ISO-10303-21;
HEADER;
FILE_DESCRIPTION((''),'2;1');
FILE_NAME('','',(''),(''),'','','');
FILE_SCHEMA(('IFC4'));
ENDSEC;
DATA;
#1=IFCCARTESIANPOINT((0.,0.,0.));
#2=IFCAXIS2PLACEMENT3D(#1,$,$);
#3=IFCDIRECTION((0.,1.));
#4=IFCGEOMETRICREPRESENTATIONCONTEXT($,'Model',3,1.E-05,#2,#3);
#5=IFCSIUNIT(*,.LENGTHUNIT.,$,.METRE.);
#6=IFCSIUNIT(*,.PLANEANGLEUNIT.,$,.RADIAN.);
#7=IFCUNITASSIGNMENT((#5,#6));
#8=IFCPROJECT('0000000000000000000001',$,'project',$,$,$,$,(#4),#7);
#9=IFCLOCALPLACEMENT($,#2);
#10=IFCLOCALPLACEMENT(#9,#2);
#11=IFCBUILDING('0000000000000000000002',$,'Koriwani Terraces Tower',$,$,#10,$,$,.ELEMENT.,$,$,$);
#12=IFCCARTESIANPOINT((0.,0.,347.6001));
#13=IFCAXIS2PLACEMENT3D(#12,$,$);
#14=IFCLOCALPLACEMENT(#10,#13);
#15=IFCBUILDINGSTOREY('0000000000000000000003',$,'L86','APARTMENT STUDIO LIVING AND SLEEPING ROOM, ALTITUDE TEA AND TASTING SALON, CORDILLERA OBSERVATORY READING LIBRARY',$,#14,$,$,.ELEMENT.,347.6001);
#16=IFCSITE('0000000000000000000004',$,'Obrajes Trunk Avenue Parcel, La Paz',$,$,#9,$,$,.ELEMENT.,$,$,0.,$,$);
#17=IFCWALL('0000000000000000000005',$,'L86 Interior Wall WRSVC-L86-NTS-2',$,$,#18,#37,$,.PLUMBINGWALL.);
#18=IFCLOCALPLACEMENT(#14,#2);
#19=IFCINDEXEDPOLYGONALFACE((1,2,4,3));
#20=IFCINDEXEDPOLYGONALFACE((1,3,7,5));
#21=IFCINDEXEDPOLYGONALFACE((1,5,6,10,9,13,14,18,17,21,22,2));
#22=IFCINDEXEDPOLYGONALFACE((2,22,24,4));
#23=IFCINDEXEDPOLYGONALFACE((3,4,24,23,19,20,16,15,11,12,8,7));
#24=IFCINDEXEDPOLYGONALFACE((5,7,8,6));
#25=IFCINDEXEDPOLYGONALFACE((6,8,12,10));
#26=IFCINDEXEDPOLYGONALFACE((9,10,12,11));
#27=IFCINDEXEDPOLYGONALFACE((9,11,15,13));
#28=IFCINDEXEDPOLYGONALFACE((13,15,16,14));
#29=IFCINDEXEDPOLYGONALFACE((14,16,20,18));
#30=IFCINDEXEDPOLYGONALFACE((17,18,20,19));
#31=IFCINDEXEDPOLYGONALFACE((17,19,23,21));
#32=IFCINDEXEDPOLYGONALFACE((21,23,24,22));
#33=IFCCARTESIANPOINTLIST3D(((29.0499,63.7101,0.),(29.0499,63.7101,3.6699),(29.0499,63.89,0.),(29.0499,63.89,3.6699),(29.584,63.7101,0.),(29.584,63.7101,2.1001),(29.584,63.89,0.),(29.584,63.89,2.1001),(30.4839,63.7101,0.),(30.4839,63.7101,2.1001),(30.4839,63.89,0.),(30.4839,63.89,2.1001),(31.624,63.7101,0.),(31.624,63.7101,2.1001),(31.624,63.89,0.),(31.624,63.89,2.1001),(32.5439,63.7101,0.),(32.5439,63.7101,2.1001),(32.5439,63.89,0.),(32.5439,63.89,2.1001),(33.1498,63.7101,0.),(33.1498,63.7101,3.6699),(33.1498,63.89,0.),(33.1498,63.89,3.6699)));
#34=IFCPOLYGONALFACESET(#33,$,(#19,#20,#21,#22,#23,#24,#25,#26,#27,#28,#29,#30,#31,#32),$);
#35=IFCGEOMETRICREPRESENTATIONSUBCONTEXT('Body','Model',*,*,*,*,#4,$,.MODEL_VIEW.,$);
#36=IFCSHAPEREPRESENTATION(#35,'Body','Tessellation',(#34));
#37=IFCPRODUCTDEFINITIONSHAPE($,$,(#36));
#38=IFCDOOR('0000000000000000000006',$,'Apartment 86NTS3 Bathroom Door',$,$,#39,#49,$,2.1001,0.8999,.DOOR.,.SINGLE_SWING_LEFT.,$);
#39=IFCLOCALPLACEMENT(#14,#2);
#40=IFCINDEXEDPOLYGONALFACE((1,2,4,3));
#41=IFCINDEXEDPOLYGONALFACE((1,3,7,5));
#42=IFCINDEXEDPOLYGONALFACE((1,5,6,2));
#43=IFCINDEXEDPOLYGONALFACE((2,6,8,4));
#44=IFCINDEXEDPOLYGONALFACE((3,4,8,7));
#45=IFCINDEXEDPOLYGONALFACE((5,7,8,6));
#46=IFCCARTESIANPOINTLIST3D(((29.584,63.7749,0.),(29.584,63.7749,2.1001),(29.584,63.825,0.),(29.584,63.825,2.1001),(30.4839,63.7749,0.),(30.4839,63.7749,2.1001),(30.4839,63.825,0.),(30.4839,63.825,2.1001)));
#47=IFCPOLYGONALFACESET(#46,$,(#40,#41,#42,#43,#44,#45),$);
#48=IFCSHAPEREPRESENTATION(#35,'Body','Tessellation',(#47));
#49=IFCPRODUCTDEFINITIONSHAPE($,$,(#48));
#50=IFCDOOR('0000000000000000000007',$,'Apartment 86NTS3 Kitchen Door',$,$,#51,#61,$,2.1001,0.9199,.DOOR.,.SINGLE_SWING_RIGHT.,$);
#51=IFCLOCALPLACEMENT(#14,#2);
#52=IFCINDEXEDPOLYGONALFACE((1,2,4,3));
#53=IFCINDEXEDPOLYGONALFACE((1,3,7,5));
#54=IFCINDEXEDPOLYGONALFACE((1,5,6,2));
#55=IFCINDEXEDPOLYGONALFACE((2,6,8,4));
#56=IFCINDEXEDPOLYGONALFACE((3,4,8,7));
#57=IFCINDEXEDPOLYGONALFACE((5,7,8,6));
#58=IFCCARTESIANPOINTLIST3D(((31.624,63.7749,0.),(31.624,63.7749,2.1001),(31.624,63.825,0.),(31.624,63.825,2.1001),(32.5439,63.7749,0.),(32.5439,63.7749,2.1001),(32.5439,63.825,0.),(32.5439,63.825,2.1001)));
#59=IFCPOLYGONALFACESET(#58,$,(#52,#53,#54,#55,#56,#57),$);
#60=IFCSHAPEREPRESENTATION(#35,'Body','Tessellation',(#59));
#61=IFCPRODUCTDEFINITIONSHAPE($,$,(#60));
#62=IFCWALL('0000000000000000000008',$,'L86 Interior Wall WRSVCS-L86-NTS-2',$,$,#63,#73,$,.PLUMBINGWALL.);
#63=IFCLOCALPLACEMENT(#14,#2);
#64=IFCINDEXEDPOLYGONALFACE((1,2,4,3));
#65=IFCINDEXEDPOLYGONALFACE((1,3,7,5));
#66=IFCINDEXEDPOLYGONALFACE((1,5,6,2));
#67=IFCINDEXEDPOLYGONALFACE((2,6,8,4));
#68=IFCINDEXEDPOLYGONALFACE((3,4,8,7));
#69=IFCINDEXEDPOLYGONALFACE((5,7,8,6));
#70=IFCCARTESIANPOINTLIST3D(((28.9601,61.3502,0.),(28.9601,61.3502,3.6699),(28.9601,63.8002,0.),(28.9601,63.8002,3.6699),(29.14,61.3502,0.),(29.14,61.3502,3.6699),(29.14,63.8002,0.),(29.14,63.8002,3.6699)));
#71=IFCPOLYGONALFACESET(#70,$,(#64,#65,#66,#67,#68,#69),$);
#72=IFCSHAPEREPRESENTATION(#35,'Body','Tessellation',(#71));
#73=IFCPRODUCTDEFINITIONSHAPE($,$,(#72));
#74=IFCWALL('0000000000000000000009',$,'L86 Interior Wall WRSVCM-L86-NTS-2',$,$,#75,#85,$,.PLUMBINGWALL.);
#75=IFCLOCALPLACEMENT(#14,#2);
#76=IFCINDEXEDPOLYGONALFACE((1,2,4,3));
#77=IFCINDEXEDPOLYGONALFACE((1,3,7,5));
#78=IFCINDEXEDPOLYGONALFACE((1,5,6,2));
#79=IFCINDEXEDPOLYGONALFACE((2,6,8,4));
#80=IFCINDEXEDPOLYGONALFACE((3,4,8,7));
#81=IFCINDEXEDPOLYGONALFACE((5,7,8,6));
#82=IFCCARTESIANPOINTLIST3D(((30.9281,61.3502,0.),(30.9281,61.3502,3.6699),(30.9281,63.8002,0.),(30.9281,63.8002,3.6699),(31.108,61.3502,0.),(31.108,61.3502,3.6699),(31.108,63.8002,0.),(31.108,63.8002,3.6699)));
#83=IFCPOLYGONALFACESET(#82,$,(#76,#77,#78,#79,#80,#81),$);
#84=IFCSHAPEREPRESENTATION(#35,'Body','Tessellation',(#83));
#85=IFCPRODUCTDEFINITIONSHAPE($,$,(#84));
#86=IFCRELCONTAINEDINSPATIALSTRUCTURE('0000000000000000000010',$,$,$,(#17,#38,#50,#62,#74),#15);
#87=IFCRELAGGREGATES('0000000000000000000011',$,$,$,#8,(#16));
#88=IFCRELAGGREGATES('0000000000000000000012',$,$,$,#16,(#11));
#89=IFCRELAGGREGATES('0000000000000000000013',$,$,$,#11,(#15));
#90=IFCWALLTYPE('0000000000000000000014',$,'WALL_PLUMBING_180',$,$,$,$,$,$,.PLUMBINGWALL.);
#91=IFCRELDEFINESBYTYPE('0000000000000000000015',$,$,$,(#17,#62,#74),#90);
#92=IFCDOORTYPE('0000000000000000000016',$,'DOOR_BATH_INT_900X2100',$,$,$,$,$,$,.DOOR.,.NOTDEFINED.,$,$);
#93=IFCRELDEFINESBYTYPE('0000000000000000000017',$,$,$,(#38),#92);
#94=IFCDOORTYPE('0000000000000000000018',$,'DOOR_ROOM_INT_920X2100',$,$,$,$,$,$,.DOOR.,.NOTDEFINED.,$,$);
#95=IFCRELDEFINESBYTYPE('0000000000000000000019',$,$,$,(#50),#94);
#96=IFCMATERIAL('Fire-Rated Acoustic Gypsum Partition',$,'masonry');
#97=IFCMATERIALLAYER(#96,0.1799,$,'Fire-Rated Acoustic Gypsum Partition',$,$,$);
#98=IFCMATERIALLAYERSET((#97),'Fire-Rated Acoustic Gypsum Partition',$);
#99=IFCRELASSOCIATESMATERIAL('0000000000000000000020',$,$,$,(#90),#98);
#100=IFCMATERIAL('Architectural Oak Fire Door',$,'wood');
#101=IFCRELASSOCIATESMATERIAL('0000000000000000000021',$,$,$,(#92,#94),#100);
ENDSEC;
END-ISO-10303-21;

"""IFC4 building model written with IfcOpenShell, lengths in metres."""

from ifc_helpers import new_model, si_unit, direction, frame, frame_2d, origin, place, context, subcontext, project, spatial, rectangle, extrude, material, layer, layer_set, type_object, element, fill, save


model = new_model("IFC4")

# Units and contexts
model_context = context("Model", 3, precision=1e-05, world=origin(), true_north=direction((0.0, 1.0)))
body_context = subcontext(model_context, "Body", "Model", "MODEL_VIEW")
ifc_project = project(units=[si_unit("LENGTHUNIT", "METRE"), si_unit("PLANEANGLEUNIT", "RADIAN")], contexts=[model_context])

# Site, building, storey
site_placement = place(None, origin())
site = spatial("IfcSite", under=ifc_project, at=site_placement, Name="Obrajes Trunk Avenue Parcel, La Paz", CompositionType="ELEMENT", RefElevation=0.0)
building_placement = place(site_placement, origin())
building = spatial("IfcBuilding", under=site, at=building_placement, Name="Koriwani Terraces Tower", CompositionType="ELEMENT")
storey_placement = place(building_placement, frame((0.0, 0.0, 347.6001)))
storey = spatial("IfcBuildingStorey", under=building, at=storey_placement, Name="L86", Description="APARTMENT STUDIO LIVING AND SLEEPING ROOM, ALTITUDE TEA AND TASTING SALON, CORDILLERA OBSERVATORY READING LIBRARY", CompositionType="ELEMENT", Elevation=347.6001)

# Wall, openings, doors
ifc_material_1 = material(Name="Fire-Rated Acoustic Gypsum Partition", Category="masonry")
ifc_layer_1 = layer(ifc_material_1, 0.1799, Name="Fire-Rated Acoustic Gypsum Partition")
ifc_layer_set_1 = layer_set([ifc_layer_1], Name="Fire-Rated Acoustic Gypsum Partition")
wall_type_1 = type_object("IfcWallType", Name="WALL_PLUMBING_180", PredefinedType="PLUMBINGWALL", material=ifc_layer_set_1)
wall_1_placement = place(storey_placement, frame((29.05, 63.8, 0.0), z_axis=(0.0, 0.0, 1.0), x_axis=(1.0, 0.0, 0.0)))
wall_1 = element("IfcWall", 1, at=wall_1_placement, inside=storey, type_object=wall_type_1, Name="L86 Interior Wall WRSVC-L86-NTS-2", PredefinedType="PLUMBINGWALL", context=body_context, shape_type="SweptSolid", body=[
    extrude(rectangle(XDim=4.0999, YDim=0.1799, at=frame_2d((2.0498, 0.0))), origin(), (0.0, 0.0, 1.0), 3.6699),
])
opening_1_placement = place(wall_1_placement, frame((0.5339, 0.0, 0.0)))
opening_1 = element("IfcOpeningElement", 2, at=opening_1_placement, cuts=wall_1, PredefinedType="OPENING", context=body_context, shape_type="SweptSolid", body=[
    extrude(rectangle(XDim=0.8999, YDim=2.1001, at=frame_2d((0.45, 1.05))), frame((0.0, 0.1001, 0.0), z_axis=(0.0, -1.0, 0.0), x_axis=(1.0, 0.0, 0.0)), (0.0, 0.0, 1.0), 0.2),
])
opening_2_placement = place(wall_1_placement, frame((2.574, 0.0, 0.0)))
opening_2 = element("IfcOpeningElement", 3, at=opening_2_placement, cuts=wall_1, PredefinedType="OPENING", context=body_context, shape_type="SweptSolid", body=[
    extrude(rectangle(XDim=0.9199, YDim=2.1001, at=frame_2d((0.46, 1.05))), frame((0.0, 0.1001, 0.0), z_axis=(0.0, -1.0, 0.0), x_axis=(1.0, 0.0, 0.0)), (0.0, 0.0, 1.0), 0.2),
])
ifc_material_2 = material(Name="Architectural Oak Fire Door", Category="wood")
door_type_1 = type_object("IfcDoorType", Name="DOOR_BATH_INT_900X2100", OperationType="NOTDEFINED", PredefinedType="DOOR", material=ifc_material_2)
door_1_placement = place(opening_1_placement, origin())
door_1 = element("IfcDoor", 4, at=door_1_placement, inside=storey, type_object=door_type_1, Name="Apartment 86NTS3 Bathroom Door", OperationType="SINGLE_SWING_LEFT", OverallHeight=2.1001, OverallWidth=0.8999, PredefinedType="DOOR", context=body_context, shape_type="SweptSolid", body=[
    extrude(rectangle(XDim=0.8999, YDim=2.1001, at=frame_2d((0.45, 1.05))), frame((0.0, 0.0249, 0.0), z_axis=(0.0, -1.0, 0.0), x_axis=(1.0, 0.0, 0.0)), (0.0, 0.0, 1.0), 0.05),
])
fill(opening_1, door_1)
door_type_2 = type_object("IfcDoorType", Name="DOOR_ROOM_INT_920X2100", OperationType="NOTDEFINED", PredefinedType="DOOR", material=ifc_material_2)
door_2_placement = place(opening_2_placement, origin())
door_2 = element("IfcDoor", 5, at=door_2_placement, inside=storey, type_object=door_type_2, Name="Apartment 86NTS3 Kitchen Door", OperationType="SINGLE_SWING_RIGHT", OverallHeight=2.1001, OverallWidth=0.9199, PredefinedType="DOOR", context=body_context, shape_type="SweptSolid", body=[
    extrude(rectangle(XDim=0.9199, YDim=2.1001, at=frame_2d((0.46, 1.05))), frame((0.0, 0.0249, 0.0), z_axis=(0.0, -1.0, 0.0), x_axis=(1.0, 0.0, 0.0)), (0.0, 0.0, 1.0), 0.05),
])
fill(opening_2, door_2)

# Walls
for number, where, z_axis, x_axis, name in (
    (6, (29.05, 61.3501, 0.0), (0.0, 0.0, 1.0), (0.0, 1.0, 0.0), "L86 Interior Wall WRSVCS-L86-NTS-2"),
    (7, (31.0181, 61.3501, 0.0), (0.0, 0.0, 1.0), (0.0, 1.0, 0.0), "L86 Interior Wall WRSVCM-L86-NTS-2"),
):
    element("IfcWall", number, at=place(storey_placement, frame(where, z_axis=z_axis, x_axis=x_axis)), inside=storey, type_object=wall_type_1, Name=name, PredefinedType="PLUMBINGWALL", context=body_context, shape_type="SweptSolid", body=[
        extrude(rectangle(XDim=2.45, YDim=0.1799, at=frame_2d((1.2251, 0.0))), origin(), (0.0, 0.0, 1.0), 3.6699),
    ])

save(model, "model.ifc")
